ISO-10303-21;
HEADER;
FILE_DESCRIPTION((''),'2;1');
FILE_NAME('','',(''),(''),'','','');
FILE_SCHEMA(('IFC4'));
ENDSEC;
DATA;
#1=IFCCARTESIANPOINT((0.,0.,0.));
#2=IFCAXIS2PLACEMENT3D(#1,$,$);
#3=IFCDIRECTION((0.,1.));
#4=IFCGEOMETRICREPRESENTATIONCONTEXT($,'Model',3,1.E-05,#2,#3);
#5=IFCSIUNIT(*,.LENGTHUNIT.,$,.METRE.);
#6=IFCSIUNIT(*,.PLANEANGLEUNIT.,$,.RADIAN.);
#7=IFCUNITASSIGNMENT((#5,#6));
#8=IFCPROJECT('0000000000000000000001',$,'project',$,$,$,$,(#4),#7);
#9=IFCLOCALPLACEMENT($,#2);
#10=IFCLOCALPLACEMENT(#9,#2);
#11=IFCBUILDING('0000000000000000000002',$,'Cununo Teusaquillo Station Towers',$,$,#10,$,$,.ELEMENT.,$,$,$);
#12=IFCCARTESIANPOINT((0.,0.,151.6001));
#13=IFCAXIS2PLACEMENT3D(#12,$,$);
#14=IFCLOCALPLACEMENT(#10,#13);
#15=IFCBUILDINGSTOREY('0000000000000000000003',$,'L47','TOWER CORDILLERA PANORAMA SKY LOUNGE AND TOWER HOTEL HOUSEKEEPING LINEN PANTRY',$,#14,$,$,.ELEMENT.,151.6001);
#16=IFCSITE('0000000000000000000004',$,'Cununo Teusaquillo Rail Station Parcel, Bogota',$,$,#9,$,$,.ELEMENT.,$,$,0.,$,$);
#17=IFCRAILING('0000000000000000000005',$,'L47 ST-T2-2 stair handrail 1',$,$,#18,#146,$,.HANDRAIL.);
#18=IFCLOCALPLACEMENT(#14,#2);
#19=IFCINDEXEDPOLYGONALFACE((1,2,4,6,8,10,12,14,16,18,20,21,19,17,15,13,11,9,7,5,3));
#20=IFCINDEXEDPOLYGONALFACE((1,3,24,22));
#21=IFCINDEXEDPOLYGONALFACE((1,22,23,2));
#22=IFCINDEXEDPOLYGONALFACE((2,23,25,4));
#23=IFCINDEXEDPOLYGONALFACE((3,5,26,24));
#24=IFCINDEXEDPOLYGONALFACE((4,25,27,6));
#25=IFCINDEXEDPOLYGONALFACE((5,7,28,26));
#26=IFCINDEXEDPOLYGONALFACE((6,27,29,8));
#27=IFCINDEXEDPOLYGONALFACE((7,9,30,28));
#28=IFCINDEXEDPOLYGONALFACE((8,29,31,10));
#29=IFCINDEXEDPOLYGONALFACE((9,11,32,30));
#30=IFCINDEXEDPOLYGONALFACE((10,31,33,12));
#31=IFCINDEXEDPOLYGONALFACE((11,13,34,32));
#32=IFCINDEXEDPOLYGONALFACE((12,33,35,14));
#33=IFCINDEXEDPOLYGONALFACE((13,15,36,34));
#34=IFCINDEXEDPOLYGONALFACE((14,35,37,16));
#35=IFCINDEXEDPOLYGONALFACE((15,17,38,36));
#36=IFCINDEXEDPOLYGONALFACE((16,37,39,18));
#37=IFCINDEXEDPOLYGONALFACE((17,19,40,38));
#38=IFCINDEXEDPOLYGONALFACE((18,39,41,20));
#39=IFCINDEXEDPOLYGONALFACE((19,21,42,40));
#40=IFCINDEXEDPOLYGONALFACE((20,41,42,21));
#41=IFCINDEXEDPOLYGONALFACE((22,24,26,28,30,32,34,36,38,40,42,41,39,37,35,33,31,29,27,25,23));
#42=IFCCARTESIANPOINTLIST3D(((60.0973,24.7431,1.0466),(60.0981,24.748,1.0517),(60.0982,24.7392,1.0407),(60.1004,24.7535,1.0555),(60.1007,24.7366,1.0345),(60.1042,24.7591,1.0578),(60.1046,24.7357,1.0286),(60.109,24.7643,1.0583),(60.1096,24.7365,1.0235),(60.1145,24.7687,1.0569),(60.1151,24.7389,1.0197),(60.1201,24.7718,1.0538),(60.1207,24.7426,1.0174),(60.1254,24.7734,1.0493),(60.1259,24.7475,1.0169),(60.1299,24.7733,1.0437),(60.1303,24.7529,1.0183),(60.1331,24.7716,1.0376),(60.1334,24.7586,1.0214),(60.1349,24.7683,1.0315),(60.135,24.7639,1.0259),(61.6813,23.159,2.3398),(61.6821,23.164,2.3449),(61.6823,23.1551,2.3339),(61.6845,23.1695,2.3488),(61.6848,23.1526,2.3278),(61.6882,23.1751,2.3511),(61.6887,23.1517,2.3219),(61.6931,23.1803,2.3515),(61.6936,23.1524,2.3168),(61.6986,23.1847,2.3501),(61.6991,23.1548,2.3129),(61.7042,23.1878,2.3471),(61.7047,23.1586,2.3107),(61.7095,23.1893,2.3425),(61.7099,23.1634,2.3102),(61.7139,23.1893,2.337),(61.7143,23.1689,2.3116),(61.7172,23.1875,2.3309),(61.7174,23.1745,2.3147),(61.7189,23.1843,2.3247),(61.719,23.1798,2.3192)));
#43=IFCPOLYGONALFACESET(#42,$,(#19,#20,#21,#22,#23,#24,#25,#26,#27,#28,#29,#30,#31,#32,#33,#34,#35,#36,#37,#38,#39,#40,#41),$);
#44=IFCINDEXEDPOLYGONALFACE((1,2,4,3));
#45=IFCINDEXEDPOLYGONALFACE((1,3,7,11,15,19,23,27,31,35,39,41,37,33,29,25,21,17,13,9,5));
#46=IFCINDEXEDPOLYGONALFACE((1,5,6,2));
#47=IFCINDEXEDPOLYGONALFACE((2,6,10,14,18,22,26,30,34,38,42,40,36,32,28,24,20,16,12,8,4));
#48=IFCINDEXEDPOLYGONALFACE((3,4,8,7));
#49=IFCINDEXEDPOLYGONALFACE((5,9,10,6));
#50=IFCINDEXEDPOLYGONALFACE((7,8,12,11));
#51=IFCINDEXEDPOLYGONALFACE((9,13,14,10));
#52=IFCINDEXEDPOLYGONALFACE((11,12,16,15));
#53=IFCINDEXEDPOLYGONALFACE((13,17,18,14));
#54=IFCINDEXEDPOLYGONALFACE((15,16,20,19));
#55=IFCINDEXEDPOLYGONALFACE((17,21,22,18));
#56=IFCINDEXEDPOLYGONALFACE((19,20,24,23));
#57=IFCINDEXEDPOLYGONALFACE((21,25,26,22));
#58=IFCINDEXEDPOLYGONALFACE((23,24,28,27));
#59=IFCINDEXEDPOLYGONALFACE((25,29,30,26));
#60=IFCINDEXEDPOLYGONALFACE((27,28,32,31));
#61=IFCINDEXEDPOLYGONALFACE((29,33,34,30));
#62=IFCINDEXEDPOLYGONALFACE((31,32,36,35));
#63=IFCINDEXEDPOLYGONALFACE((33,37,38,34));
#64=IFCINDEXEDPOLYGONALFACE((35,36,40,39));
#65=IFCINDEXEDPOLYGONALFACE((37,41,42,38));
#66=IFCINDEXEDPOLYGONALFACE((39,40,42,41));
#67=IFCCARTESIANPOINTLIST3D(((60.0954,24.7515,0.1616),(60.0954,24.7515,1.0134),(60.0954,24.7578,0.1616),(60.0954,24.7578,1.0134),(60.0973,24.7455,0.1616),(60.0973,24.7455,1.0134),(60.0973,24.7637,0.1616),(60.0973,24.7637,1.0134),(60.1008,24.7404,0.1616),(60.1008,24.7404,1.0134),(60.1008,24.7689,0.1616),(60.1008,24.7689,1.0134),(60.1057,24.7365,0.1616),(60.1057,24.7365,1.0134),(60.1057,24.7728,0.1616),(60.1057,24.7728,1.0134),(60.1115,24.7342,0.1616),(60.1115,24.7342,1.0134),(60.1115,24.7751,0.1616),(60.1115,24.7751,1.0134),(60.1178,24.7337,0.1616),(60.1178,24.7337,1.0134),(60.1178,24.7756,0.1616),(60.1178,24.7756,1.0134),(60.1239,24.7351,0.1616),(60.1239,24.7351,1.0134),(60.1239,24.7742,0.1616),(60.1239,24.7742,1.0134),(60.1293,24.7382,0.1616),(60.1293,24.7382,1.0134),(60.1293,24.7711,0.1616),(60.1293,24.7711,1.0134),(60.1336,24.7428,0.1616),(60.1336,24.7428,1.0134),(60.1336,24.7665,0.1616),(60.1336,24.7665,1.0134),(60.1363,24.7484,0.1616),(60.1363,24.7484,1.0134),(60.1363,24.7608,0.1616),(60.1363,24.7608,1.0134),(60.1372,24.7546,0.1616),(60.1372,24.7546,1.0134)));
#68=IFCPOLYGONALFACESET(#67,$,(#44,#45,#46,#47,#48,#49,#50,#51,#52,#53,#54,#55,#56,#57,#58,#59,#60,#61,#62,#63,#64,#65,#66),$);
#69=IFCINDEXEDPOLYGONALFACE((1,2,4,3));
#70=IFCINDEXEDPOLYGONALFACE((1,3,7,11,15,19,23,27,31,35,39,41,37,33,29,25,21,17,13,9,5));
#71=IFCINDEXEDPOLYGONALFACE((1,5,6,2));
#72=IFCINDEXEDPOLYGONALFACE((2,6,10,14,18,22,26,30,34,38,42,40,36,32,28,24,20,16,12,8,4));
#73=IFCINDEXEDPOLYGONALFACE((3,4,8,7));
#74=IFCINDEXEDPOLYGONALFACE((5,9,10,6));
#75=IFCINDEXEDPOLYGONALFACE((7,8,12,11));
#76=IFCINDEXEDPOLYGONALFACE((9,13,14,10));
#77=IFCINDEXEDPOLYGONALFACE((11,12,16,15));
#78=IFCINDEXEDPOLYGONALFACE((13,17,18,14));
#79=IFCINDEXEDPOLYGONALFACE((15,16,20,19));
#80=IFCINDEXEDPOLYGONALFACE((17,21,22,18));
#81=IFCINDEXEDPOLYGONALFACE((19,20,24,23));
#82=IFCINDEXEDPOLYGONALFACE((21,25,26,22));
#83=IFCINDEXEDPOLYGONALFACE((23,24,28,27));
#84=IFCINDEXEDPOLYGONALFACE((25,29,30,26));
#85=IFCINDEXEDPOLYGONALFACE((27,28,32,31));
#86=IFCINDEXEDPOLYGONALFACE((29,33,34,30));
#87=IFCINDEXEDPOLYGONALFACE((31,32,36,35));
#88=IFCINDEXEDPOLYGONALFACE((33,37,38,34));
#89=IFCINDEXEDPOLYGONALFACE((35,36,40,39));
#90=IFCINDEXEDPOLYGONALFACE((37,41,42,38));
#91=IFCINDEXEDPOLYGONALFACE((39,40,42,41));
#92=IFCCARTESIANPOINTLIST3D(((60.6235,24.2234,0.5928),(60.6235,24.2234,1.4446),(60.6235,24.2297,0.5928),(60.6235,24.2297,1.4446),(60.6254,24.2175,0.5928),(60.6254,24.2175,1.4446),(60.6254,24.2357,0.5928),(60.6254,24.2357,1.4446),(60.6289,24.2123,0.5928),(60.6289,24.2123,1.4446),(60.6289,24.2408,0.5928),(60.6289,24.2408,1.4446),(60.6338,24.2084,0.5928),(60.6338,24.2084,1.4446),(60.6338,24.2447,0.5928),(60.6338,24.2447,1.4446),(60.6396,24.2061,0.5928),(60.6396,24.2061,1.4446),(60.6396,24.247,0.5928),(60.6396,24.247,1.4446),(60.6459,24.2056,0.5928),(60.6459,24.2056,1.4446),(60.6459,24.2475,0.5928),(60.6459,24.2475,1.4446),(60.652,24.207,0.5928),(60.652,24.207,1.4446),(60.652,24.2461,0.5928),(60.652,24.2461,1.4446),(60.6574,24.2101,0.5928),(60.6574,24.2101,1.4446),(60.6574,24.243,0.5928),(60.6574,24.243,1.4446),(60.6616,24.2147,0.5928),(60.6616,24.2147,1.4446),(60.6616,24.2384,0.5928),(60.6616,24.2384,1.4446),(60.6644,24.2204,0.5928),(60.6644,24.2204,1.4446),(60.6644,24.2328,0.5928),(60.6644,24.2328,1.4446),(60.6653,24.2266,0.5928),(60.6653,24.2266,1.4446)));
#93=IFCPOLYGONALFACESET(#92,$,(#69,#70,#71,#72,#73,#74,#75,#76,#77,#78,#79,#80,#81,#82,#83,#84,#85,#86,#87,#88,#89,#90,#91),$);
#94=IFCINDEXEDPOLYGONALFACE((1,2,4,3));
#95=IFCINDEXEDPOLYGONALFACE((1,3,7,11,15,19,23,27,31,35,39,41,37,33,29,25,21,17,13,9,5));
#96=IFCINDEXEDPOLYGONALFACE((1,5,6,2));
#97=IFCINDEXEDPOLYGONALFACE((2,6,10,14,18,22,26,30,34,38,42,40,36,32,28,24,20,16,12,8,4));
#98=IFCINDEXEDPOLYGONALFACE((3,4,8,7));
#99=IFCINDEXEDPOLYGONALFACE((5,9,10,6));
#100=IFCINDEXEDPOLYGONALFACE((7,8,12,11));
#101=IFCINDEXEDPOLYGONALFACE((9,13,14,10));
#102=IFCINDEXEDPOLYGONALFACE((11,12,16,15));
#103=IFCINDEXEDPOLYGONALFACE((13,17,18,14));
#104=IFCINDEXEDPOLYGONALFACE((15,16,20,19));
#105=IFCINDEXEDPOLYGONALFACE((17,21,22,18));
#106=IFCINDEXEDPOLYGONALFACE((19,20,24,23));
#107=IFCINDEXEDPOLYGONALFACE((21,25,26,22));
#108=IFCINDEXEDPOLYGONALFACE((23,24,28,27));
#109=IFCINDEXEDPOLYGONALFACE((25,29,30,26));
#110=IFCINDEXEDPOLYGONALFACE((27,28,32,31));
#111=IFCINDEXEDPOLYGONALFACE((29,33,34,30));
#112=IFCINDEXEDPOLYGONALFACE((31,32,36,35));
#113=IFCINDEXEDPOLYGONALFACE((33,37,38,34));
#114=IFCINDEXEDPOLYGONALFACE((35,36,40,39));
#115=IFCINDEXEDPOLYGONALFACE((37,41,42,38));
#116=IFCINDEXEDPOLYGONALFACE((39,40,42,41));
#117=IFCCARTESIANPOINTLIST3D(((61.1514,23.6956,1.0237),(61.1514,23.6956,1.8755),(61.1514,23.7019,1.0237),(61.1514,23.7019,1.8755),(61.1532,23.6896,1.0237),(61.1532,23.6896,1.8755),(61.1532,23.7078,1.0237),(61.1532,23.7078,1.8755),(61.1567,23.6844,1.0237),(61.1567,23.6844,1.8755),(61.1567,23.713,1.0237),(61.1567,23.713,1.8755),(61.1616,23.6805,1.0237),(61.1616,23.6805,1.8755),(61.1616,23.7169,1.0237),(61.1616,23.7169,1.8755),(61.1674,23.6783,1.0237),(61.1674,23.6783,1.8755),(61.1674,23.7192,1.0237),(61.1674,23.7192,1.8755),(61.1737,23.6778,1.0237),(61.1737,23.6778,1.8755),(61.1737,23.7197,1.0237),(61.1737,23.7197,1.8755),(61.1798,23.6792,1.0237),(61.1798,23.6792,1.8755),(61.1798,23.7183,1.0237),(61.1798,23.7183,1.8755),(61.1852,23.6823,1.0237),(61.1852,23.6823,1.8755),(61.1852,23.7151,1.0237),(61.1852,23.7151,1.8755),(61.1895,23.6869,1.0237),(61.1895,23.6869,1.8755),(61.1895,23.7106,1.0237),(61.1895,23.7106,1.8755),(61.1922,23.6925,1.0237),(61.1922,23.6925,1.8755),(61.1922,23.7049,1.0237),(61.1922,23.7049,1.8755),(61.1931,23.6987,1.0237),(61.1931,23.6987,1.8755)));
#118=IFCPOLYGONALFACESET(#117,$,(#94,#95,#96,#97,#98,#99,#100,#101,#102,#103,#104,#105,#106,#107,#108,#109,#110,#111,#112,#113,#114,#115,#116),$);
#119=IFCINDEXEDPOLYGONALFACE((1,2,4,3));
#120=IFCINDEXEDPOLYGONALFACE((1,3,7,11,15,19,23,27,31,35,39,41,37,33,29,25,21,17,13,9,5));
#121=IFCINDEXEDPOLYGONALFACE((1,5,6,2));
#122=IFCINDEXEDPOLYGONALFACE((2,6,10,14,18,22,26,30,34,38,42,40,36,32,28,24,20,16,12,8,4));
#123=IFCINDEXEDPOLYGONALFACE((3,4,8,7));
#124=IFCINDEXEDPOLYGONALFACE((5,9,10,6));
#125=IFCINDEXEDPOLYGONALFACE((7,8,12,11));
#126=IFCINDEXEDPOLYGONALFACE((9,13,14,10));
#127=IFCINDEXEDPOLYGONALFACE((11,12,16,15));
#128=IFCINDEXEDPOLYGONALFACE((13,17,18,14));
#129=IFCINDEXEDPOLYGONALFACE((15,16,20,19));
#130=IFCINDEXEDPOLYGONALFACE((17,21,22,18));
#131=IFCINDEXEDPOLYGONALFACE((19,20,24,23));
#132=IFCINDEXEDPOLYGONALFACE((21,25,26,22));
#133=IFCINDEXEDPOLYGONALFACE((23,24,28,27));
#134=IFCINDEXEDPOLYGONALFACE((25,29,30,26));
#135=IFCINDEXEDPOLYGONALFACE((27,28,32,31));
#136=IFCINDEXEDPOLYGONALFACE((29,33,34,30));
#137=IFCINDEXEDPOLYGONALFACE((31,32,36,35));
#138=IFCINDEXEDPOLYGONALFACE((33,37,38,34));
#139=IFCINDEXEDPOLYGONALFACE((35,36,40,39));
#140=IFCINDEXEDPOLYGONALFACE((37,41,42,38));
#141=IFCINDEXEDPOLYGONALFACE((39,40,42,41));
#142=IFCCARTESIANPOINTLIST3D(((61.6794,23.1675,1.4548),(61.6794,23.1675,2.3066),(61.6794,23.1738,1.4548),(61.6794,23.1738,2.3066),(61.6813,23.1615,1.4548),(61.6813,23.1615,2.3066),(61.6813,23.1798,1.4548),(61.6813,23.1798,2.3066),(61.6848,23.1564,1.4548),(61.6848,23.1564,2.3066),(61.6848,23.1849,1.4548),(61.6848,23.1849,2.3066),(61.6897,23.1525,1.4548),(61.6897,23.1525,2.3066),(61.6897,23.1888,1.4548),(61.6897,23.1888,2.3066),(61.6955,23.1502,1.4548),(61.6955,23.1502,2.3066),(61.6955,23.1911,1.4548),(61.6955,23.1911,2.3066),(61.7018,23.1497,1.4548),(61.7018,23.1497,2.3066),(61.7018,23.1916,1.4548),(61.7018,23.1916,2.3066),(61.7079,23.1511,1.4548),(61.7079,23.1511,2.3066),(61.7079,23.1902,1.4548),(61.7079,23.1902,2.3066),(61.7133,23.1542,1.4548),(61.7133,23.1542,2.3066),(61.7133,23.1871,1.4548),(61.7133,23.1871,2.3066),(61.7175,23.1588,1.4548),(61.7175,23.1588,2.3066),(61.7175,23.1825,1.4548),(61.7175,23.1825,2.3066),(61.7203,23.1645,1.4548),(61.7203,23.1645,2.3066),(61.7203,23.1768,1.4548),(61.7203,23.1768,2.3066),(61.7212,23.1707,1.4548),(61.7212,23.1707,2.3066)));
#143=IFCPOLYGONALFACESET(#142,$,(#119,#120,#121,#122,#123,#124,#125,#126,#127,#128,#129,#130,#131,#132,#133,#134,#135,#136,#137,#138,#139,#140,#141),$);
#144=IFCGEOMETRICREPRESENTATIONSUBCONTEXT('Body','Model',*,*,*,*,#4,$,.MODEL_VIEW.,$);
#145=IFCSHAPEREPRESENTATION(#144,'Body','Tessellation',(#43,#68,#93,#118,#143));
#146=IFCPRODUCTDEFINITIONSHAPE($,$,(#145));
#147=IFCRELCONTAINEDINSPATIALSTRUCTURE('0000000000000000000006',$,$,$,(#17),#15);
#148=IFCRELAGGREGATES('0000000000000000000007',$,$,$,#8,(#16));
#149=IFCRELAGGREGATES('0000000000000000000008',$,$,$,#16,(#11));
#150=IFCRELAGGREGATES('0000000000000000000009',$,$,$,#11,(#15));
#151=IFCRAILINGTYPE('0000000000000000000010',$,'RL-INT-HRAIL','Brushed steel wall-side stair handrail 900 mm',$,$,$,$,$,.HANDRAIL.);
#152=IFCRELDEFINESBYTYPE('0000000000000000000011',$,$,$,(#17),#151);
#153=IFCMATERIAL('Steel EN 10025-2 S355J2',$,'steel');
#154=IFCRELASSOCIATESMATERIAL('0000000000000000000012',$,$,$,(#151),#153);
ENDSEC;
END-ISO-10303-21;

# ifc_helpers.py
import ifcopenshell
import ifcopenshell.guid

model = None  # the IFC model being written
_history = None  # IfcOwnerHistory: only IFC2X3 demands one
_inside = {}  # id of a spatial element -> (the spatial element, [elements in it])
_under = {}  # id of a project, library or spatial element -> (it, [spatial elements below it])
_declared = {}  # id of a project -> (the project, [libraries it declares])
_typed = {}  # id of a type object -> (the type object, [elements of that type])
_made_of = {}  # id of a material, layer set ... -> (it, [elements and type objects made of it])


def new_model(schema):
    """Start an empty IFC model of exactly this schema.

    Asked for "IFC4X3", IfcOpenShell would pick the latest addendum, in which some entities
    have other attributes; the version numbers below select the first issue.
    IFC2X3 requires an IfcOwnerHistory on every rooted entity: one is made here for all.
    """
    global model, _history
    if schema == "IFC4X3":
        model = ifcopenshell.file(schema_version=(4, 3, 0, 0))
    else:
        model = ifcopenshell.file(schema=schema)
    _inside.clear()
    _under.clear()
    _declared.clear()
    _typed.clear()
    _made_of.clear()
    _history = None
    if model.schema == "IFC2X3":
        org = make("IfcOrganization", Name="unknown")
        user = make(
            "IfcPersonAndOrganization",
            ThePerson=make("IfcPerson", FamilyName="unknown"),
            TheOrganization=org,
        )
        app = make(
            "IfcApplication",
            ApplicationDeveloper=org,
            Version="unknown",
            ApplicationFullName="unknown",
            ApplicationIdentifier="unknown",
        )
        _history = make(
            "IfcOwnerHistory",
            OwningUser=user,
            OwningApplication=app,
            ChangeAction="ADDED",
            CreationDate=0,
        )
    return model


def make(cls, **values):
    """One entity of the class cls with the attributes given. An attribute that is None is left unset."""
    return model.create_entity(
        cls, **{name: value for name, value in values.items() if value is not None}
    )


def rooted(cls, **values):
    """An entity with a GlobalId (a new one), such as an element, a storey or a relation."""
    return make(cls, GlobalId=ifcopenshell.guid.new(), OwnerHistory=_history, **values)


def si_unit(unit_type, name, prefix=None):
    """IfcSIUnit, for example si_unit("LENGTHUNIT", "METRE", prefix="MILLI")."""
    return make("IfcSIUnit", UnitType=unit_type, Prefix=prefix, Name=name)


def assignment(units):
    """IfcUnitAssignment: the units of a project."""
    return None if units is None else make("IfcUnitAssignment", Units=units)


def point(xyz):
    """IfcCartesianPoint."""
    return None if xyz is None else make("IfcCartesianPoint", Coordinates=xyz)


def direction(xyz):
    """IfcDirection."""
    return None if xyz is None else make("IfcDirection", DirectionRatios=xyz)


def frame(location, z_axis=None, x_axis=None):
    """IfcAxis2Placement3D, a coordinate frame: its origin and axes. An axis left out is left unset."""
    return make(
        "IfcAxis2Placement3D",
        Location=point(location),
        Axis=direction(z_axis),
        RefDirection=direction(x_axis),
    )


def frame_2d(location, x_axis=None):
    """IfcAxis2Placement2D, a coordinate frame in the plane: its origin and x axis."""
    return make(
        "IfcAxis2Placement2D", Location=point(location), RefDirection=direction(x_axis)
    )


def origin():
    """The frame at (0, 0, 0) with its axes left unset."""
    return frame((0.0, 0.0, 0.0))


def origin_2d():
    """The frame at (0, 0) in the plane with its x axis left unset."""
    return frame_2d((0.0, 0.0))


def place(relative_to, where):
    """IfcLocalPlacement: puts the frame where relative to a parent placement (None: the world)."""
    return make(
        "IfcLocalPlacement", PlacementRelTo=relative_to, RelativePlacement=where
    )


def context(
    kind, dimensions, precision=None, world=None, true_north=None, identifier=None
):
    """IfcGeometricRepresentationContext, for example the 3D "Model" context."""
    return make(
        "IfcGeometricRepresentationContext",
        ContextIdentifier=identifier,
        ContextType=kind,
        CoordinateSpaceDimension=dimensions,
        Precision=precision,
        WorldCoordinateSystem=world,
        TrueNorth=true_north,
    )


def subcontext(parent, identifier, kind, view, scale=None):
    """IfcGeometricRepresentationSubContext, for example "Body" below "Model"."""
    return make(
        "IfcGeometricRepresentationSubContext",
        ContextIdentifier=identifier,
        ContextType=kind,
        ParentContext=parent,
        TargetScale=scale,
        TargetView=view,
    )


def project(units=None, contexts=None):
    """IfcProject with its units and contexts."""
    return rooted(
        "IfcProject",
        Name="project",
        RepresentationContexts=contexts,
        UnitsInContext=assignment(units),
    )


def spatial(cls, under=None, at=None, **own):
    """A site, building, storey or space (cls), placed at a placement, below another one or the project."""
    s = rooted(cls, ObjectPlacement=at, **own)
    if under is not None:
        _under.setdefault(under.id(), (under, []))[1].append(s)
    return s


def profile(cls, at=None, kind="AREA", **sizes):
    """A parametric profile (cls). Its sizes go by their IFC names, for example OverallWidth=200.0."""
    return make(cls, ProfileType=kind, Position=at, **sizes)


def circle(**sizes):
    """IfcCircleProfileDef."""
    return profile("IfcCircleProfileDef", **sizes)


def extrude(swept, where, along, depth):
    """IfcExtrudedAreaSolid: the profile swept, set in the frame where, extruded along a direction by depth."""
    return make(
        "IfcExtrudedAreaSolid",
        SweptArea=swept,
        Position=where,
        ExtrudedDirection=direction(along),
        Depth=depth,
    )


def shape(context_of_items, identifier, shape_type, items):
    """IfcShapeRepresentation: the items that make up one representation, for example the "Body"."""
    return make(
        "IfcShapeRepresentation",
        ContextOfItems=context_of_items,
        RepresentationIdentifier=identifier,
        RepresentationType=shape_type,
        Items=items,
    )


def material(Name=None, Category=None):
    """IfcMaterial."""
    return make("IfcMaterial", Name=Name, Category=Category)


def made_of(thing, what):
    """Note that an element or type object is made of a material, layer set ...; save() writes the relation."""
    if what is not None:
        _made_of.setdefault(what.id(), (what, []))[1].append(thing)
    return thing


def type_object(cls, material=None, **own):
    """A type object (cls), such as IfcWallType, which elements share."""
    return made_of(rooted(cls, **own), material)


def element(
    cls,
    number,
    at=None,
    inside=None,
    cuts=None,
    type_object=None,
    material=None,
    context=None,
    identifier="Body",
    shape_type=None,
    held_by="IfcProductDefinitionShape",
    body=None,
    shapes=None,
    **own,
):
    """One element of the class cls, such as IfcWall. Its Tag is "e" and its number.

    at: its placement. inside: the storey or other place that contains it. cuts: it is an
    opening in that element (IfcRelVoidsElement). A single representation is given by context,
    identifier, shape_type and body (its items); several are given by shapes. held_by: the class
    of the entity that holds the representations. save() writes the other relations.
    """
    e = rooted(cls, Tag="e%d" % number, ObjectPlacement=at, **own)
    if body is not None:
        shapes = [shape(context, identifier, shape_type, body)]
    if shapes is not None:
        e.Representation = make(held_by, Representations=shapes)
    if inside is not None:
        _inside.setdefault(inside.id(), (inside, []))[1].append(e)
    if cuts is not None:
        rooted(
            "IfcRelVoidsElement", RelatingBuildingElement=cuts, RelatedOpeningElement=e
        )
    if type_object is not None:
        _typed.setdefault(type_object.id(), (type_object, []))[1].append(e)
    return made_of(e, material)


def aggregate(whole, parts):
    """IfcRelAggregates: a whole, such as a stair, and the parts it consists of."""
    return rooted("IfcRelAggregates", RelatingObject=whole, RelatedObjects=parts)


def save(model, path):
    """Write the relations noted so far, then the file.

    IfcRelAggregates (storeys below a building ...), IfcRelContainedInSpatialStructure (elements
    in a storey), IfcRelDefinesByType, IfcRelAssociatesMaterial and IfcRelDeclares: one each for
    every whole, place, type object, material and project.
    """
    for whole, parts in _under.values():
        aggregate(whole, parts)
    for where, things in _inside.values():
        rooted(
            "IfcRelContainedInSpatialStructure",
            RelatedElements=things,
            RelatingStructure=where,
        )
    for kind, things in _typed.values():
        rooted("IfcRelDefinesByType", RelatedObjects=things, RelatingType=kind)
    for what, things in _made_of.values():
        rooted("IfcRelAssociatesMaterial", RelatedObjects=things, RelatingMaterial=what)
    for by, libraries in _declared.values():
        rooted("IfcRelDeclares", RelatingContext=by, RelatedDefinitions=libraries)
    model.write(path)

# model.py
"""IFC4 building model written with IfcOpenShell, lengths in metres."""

from ifc_helpers import new_model, si_unit, direction, frame, origin, origin_2d, place, context, subcontext, project, spatial, circle, extrude, material, type_object, element, save


model = new_model("IFC4")

# Units and contexts
model_context = context("Model", 3, precision=1e-05, world=origin(), true_north=direction((0.0, 1.0)))
body_context = subcontext(model_context, "Body", "Model", "MODEL_VIEW")
ifc_project = project(units=[si_unit("LENGTHUNIT", "METRE"), si_unit("PLANEANGLEUNIT", "RADIAN")], contexts=[model_context])

# Site, building, storey
site_placement = place(None, origin())
site = spatial("IfcSite", under=ifc_project, at=site_placement, Name="Cununo Teusaquillo Rail Station Parcel, Bogota", CompositionType="ELEMENT", RefElevation=0.0)
building_placement = place(site_placement, origin())
building = spatial("IfcBuilding", under=site, at=building_placement, Name="Cununo Teusaquillo Station Towers", CompositionType="ELEMENT")
storey_placement = place(building_placement, frame((0.0, 0.0, 151.6001)))
storey = spatial("IfcBuildingStorey", under=building, at=storey_placement, Name="L47", Description="TOWER CORDILLERA PANORAMA SKY LOUNGE AND TOWER HOTEL HOUSEKEEPING LINEN PANTRY", CompositionType="ELEMENT", Elevation=151.6001)

# Railing
ifc_material_1 = material(Name="Steel EN 10025-2 S355J2", Category="steel")
railing_type_1 = type_object("IfcRailingType", Name="RL-INT-HRAIL", Description="Brushed steel wall-side stair handrail 900 mm", PredefinedType="HANDRAIL", material=ifc_material_1)
railing_1_placement = place(storey_placement, frame((60.1162, 24.7546, 0.1616)))
element("IfcRailing", 1, at=railing_1_placement, inside=storey, type_object=railing_type_1, Name="L47 ST-T2-2 stair handrail 1", PredefinedType="HANDRAIL", context=body_context, shape_type="SweptSolid", body=[
    extrude(circle(Radius=0.0239, at=origin_2d()), frame((0.0, 0.0, 0.876), z_axis=(0.612385, -0.612385, 0.49997), x_axis=(0.707107, 0.707107, 0.0)), (0.0, 0.0, 1.0), 2.5867),
    extrude(circle(Radius=0.021, at=origin_2d()), origin(), (0.0, 0.0, 1.0), 0.8518),
    extrude(circle(Radius=0.021, at=origin_2d()), frame((0.5281, -0.5281, 0.4312)), (0.0, 0.0, 1.0), 0.8518),
    extrude(circle(Radius=0.021, at=origin_2d()), frame((1.0559, -1.0559, 0.8621)), (0.0, 0.0, 1.0), 0.8518),
    extrude(circle(Radius=0.021, at=origin_2d()), frame((1.584, -1.584, 1.2932)), (0.0, 0.0, 1.0), 0.8518),
])

save(model, "model.ifc")
